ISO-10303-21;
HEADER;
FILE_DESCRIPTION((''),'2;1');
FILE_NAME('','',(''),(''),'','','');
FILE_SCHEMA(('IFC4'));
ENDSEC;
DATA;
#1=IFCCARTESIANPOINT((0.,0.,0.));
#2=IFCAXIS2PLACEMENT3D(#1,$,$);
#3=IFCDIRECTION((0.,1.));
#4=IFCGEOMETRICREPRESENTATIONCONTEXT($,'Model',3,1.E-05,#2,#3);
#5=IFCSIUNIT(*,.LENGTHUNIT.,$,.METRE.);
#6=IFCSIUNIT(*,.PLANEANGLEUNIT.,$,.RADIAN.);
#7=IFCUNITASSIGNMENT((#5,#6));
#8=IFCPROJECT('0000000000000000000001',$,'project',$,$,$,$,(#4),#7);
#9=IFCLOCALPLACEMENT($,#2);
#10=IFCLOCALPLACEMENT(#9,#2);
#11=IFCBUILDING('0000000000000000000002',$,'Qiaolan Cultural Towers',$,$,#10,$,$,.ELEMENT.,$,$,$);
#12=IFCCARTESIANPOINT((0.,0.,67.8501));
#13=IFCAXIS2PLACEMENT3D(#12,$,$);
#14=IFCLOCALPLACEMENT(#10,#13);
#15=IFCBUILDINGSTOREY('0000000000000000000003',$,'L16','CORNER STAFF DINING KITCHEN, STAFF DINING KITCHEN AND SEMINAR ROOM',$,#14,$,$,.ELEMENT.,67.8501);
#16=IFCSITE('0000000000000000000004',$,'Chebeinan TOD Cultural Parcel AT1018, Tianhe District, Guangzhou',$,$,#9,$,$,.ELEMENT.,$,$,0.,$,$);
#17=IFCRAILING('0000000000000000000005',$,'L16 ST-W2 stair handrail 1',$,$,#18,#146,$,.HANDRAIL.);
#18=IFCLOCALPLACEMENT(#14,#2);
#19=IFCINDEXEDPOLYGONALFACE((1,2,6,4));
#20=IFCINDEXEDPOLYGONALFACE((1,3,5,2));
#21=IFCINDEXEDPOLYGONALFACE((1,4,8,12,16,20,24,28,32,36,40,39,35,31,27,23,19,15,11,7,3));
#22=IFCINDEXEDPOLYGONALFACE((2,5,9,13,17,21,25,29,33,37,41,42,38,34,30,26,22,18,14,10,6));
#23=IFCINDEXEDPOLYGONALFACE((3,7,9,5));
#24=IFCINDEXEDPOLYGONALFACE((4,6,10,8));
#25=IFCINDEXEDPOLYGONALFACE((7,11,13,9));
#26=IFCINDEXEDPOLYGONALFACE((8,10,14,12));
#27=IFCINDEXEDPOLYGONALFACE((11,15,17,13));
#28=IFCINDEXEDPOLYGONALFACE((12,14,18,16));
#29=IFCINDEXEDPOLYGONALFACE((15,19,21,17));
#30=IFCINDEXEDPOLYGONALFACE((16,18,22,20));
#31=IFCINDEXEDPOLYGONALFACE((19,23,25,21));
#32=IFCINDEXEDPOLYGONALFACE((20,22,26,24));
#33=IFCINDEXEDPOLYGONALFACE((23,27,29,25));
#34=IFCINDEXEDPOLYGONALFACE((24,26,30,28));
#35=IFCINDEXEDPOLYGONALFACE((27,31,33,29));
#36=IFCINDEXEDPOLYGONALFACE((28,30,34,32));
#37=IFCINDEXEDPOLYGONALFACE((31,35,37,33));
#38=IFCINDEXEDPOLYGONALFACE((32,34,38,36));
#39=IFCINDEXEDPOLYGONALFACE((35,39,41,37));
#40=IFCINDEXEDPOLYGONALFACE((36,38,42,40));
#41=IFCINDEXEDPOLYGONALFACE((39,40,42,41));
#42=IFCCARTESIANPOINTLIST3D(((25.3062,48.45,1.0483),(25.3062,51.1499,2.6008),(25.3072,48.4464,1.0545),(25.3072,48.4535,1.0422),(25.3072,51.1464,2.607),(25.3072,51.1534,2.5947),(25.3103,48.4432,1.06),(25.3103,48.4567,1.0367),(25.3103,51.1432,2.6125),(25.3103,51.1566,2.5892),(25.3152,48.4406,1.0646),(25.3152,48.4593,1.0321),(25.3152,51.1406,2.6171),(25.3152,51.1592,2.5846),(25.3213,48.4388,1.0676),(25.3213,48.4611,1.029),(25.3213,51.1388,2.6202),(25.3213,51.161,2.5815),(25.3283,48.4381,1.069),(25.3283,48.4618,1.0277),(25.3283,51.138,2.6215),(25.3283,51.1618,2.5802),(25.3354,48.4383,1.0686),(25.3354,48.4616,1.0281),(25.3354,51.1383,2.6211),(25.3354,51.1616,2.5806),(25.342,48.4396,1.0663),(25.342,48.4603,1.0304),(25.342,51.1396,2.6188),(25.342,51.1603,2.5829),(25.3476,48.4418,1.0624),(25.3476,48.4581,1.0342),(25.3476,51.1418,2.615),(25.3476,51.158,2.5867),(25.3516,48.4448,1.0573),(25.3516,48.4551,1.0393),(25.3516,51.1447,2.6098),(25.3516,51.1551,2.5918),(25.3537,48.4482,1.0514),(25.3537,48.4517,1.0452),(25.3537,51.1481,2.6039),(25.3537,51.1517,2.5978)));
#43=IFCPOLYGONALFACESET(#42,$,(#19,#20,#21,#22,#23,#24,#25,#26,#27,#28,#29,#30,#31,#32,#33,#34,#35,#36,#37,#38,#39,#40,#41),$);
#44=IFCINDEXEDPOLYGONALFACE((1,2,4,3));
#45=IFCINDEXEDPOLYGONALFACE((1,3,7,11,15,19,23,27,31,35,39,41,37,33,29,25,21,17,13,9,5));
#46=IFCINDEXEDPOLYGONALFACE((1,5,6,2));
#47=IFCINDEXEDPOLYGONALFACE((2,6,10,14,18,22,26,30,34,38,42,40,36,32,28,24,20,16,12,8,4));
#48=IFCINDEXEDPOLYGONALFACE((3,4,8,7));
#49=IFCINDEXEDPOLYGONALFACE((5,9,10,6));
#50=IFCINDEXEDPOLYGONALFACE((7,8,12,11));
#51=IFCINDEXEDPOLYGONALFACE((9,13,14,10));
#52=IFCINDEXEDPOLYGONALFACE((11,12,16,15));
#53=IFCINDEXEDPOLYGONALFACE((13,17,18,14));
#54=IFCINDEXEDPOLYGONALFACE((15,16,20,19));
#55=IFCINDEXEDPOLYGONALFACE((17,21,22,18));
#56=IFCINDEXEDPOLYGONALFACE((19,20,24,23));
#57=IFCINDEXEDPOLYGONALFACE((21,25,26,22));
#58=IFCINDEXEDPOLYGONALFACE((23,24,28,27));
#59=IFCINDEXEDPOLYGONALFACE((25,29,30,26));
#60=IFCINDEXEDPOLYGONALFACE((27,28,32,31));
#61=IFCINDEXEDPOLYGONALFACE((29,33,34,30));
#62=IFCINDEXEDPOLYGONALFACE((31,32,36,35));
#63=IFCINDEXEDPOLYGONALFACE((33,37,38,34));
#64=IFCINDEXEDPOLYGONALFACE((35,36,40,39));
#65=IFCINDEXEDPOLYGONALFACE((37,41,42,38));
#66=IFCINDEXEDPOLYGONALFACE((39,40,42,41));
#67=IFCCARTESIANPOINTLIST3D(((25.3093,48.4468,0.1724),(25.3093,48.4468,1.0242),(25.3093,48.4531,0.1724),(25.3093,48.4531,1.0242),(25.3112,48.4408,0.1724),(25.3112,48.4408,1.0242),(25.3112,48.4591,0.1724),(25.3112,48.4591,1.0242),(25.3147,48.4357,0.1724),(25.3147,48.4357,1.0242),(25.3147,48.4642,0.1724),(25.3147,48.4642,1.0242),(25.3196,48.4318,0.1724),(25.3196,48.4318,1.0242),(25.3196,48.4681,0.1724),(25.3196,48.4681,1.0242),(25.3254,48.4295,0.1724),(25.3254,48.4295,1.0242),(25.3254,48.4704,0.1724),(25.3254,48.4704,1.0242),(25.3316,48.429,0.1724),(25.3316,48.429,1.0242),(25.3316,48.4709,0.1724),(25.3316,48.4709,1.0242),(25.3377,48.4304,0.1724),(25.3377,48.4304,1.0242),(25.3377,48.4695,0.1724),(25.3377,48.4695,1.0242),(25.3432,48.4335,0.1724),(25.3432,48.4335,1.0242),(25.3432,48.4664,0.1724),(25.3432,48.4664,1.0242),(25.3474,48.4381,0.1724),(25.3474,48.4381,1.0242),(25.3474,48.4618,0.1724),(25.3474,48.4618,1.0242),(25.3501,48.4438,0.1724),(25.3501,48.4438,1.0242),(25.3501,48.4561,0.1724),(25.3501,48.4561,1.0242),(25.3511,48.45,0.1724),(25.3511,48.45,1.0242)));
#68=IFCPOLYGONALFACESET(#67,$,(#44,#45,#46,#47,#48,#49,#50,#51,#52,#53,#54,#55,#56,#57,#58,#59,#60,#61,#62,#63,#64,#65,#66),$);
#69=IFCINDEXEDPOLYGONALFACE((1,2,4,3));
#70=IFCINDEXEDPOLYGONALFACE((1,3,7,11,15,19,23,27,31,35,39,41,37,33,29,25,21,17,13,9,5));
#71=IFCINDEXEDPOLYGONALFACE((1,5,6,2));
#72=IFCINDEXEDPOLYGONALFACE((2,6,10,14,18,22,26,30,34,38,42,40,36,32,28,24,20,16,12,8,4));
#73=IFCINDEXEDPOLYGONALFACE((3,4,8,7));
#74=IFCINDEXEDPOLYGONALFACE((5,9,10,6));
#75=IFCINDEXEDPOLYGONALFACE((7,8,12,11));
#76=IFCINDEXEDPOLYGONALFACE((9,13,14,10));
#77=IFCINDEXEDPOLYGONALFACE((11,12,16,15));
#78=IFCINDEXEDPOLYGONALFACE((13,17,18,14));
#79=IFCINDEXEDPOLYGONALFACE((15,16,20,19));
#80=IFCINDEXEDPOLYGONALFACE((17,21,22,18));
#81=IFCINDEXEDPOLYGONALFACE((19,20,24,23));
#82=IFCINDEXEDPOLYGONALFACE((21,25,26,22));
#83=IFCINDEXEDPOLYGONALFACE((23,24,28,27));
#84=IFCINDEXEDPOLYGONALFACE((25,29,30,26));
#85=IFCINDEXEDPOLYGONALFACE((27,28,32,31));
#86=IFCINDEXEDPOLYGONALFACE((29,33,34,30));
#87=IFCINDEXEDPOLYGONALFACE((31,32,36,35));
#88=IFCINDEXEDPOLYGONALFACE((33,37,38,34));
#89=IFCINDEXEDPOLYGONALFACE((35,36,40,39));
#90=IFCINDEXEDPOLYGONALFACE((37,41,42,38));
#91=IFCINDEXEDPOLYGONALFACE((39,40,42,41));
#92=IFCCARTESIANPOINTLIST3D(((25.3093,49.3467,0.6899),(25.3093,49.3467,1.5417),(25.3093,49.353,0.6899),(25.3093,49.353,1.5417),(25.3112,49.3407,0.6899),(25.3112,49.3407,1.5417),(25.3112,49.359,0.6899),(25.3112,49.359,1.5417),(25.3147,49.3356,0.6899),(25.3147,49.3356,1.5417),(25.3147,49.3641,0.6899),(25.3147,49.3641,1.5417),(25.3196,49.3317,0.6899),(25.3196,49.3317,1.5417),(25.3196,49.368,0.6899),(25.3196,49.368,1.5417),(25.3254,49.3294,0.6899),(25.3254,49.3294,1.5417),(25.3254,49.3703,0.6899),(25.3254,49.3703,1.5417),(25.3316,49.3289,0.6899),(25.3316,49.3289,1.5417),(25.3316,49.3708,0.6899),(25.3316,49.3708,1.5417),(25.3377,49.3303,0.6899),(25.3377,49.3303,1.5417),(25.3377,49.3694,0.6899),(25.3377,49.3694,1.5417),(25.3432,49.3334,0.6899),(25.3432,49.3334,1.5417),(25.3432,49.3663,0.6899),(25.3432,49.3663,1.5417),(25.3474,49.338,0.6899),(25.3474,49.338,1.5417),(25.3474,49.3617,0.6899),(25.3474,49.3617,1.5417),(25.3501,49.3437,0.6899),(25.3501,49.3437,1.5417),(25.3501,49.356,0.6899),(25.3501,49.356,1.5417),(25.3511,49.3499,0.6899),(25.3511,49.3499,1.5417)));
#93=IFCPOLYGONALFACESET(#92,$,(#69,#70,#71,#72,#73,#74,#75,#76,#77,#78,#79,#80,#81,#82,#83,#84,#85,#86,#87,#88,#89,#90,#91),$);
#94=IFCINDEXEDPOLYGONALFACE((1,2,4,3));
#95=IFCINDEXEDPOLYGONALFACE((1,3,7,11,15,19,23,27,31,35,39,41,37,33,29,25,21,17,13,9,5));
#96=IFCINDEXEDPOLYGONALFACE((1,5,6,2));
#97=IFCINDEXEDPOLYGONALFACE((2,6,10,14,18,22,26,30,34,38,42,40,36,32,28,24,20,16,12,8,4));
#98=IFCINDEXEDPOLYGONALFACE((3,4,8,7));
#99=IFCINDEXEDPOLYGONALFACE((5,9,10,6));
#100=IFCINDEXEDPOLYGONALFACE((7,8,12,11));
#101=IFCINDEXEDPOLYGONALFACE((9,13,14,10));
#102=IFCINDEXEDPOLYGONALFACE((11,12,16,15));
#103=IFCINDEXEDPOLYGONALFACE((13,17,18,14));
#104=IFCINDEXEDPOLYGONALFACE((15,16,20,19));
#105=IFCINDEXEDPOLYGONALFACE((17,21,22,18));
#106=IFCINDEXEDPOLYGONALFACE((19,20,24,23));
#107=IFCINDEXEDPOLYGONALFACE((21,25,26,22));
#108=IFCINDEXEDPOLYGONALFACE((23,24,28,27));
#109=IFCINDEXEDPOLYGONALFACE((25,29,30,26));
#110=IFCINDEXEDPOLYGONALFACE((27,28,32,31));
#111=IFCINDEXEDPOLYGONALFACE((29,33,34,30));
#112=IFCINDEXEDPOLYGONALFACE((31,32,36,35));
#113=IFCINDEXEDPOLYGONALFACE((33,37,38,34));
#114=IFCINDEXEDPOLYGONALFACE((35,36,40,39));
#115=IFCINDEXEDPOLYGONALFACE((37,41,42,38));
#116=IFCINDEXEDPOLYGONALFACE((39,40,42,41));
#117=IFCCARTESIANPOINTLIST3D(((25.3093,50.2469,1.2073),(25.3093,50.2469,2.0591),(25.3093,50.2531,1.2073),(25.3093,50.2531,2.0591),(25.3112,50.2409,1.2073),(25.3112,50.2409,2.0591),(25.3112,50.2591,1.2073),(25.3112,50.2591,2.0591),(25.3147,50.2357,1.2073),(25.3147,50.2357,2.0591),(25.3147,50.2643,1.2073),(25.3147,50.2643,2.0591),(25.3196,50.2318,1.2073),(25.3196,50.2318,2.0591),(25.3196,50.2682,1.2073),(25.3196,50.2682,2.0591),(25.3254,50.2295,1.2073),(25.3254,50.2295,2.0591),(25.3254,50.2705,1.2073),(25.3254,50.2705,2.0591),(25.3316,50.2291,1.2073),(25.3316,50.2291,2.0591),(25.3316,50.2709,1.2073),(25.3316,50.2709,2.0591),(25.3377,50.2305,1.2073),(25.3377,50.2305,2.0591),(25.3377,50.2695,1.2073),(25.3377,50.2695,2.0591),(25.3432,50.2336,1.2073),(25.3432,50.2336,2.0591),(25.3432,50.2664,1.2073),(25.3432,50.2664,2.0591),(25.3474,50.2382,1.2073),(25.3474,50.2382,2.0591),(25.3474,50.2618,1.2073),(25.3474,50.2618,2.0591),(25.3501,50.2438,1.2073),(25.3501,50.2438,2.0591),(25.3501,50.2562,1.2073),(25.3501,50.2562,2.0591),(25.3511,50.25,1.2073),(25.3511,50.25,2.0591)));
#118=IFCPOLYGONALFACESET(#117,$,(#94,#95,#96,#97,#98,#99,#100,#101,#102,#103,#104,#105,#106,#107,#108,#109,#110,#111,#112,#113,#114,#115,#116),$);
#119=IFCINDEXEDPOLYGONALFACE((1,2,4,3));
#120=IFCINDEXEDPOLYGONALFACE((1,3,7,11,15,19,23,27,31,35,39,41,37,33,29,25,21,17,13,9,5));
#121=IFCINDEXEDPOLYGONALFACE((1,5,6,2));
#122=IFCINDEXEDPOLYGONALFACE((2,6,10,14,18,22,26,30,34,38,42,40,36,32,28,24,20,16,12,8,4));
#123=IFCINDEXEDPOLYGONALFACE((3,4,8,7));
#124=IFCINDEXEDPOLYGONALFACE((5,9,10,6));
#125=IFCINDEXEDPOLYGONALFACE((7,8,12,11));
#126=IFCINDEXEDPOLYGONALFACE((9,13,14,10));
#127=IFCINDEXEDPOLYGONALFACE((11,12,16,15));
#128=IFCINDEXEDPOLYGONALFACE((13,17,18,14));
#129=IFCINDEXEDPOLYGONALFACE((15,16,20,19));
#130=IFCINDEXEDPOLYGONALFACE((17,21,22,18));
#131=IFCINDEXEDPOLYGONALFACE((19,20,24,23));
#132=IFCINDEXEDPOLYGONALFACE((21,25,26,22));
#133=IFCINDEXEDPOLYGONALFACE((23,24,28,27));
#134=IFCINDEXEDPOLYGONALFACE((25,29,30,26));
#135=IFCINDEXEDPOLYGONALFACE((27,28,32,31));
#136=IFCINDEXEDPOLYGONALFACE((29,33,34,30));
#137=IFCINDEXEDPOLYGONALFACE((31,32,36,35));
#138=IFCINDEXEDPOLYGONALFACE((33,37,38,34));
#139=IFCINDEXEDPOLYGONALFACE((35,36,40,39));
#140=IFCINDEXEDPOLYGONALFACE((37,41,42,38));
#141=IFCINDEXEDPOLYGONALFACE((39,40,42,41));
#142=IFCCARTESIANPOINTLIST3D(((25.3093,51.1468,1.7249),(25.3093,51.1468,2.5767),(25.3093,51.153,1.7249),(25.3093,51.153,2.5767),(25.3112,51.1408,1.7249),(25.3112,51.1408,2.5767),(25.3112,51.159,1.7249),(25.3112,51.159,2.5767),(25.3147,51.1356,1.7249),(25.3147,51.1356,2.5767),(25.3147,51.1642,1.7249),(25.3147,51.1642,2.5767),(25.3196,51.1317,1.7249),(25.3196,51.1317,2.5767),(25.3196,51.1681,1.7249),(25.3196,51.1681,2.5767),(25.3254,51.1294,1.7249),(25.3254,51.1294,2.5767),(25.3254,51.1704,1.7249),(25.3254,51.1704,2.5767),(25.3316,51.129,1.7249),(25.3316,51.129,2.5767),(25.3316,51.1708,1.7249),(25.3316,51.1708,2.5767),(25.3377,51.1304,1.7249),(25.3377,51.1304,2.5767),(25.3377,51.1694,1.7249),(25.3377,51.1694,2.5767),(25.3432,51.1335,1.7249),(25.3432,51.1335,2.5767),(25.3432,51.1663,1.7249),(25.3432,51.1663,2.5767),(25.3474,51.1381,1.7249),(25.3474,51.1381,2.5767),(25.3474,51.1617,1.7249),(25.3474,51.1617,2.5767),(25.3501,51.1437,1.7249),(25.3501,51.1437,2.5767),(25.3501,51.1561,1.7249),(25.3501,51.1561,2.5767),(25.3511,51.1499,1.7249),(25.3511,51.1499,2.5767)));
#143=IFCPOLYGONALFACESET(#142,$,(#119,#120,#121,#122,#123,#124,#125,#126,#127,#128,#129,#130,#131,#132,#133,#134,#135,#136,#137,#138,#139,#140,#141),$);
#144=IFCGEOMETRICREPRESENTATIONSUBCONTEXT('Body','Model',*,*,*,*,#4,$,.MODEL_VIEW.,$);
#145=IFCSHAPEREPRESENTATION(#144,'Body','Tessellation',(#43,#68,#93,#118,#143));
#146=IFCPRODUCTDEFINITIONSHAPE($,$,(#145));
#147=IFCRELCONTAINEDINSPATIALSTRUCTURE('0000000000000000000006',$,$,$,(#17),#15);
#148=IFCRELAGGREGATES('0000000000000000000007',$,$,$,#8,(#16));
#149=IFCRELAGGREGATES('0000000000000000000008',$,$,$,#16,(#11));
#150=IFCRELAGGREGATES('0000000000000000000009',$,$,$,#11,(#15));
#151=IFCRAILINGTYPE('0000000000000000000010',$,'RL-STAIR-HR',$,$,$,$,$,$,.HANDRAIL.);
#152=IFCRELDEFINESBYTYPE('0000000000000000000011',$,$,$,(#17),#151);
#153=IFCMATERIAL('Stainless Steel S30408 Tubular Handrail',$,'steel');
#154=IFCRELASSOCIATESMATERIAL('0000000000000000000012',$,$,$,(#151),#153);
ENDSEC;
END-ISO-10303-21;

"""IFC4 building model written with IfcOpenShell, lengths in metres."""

from ifc_helpers import new_model, si_unit, direction, frame, origin, origin_2d, place, context, subcontext, project, spatial, circle, extrude, material, type_object, element, save


model = new_model("IFC4")

# Units and contexts
model_context = context("Model", 3, precision=1e-05, world=origin(), true_north=direction((0.0, 1.0)))
body_context = subcontext(model_context, "Body", "Model", "MODEL_VIEW")
ifc_project = project(units=[si_unit("LENGTHUNIT", "METRE"), si_unit("PLANEANGLEUNIT", "RADIAN")], contexts=[model_context])

# Site, building, storey
site_placement = place(None, origin())
site = spatial("IfcSite", under=ifc_project, at=site_placement, Name="Chebeinan TOD Cultural Parcel AT1018, Tianhe District, Guangzhou", CompositionType="ELEMENT", RefElevation=0.0)
building_placement = place(site_placement, origin())
building = spatial("IfcBuilding", under=site, at=building_placement, Name="Qiaolan Cultural Towers", CompositionType="ELEMENT")
storey_placement = place(building_placement, frame((0.0, 0.0, 67.8501)))
storey = spatial("IfcBuildingStorey", under=building, at=storey_placement, Name="L16", Description="CORNER STAFF DINING KITCHEN, STAFF DINING KITCHEN AND SEMINAR ROOM", CompositionType="ELEMENT", Elevation=67.8501)

# Railing
ifc_material_1 = material(Name="Stainless Steel S30408 Tubular Handrail", Category="steel")
railing_type = type_object("IfcRailingType", Name="RL-STAIR-HR", PredefinedType="HANDRAIL", material=ifc_material_1)
railing_placement = place(storey_placement, frame((25.3301, 48.45, 0.1724)))
element("IfcRailing", 1, at=railing_placement, inside=storey, type_object=railing_type, Name="L16 ST-W2 stair handrail 1", PredefinedType="HANDRAIL", context=body_context, shape_type="SweptSolid", body=[
    extrude(circle(Radius=0.0239, at=origin_2d()), frame((0.0, 0.0, 0.876), z_axis=(0.0, 0.866904, 0.498476), x_axis=(-1.0, 0.0, 0.0)), (0.0, 0.0, 1.0), 3.1145),
    extrude(circle(Radius=0.021, at=origin_2d()), origin(), (0.0, 0.0, 1.0), 0.8518),
    extrude(circle(Radius=0.021, at=origin_2d()), frame((0.0, 0.8999, 0.5176)), (0.0, 0.0, 1.0), 0.8518),
    extrude(circle(Radius=0.021, at=origin_2d()), frame((0.0, 1.8, 1.0349)), (0.0, 0.0, 1.0), 0.8518),
    extrude(circle(Radius=0.021, at=origin_2d()), frame((0.0, 2.7, 1.5525)), (0.0, 0.0, 1.0), 0.8518),
])

save(model, "model.ifc")
